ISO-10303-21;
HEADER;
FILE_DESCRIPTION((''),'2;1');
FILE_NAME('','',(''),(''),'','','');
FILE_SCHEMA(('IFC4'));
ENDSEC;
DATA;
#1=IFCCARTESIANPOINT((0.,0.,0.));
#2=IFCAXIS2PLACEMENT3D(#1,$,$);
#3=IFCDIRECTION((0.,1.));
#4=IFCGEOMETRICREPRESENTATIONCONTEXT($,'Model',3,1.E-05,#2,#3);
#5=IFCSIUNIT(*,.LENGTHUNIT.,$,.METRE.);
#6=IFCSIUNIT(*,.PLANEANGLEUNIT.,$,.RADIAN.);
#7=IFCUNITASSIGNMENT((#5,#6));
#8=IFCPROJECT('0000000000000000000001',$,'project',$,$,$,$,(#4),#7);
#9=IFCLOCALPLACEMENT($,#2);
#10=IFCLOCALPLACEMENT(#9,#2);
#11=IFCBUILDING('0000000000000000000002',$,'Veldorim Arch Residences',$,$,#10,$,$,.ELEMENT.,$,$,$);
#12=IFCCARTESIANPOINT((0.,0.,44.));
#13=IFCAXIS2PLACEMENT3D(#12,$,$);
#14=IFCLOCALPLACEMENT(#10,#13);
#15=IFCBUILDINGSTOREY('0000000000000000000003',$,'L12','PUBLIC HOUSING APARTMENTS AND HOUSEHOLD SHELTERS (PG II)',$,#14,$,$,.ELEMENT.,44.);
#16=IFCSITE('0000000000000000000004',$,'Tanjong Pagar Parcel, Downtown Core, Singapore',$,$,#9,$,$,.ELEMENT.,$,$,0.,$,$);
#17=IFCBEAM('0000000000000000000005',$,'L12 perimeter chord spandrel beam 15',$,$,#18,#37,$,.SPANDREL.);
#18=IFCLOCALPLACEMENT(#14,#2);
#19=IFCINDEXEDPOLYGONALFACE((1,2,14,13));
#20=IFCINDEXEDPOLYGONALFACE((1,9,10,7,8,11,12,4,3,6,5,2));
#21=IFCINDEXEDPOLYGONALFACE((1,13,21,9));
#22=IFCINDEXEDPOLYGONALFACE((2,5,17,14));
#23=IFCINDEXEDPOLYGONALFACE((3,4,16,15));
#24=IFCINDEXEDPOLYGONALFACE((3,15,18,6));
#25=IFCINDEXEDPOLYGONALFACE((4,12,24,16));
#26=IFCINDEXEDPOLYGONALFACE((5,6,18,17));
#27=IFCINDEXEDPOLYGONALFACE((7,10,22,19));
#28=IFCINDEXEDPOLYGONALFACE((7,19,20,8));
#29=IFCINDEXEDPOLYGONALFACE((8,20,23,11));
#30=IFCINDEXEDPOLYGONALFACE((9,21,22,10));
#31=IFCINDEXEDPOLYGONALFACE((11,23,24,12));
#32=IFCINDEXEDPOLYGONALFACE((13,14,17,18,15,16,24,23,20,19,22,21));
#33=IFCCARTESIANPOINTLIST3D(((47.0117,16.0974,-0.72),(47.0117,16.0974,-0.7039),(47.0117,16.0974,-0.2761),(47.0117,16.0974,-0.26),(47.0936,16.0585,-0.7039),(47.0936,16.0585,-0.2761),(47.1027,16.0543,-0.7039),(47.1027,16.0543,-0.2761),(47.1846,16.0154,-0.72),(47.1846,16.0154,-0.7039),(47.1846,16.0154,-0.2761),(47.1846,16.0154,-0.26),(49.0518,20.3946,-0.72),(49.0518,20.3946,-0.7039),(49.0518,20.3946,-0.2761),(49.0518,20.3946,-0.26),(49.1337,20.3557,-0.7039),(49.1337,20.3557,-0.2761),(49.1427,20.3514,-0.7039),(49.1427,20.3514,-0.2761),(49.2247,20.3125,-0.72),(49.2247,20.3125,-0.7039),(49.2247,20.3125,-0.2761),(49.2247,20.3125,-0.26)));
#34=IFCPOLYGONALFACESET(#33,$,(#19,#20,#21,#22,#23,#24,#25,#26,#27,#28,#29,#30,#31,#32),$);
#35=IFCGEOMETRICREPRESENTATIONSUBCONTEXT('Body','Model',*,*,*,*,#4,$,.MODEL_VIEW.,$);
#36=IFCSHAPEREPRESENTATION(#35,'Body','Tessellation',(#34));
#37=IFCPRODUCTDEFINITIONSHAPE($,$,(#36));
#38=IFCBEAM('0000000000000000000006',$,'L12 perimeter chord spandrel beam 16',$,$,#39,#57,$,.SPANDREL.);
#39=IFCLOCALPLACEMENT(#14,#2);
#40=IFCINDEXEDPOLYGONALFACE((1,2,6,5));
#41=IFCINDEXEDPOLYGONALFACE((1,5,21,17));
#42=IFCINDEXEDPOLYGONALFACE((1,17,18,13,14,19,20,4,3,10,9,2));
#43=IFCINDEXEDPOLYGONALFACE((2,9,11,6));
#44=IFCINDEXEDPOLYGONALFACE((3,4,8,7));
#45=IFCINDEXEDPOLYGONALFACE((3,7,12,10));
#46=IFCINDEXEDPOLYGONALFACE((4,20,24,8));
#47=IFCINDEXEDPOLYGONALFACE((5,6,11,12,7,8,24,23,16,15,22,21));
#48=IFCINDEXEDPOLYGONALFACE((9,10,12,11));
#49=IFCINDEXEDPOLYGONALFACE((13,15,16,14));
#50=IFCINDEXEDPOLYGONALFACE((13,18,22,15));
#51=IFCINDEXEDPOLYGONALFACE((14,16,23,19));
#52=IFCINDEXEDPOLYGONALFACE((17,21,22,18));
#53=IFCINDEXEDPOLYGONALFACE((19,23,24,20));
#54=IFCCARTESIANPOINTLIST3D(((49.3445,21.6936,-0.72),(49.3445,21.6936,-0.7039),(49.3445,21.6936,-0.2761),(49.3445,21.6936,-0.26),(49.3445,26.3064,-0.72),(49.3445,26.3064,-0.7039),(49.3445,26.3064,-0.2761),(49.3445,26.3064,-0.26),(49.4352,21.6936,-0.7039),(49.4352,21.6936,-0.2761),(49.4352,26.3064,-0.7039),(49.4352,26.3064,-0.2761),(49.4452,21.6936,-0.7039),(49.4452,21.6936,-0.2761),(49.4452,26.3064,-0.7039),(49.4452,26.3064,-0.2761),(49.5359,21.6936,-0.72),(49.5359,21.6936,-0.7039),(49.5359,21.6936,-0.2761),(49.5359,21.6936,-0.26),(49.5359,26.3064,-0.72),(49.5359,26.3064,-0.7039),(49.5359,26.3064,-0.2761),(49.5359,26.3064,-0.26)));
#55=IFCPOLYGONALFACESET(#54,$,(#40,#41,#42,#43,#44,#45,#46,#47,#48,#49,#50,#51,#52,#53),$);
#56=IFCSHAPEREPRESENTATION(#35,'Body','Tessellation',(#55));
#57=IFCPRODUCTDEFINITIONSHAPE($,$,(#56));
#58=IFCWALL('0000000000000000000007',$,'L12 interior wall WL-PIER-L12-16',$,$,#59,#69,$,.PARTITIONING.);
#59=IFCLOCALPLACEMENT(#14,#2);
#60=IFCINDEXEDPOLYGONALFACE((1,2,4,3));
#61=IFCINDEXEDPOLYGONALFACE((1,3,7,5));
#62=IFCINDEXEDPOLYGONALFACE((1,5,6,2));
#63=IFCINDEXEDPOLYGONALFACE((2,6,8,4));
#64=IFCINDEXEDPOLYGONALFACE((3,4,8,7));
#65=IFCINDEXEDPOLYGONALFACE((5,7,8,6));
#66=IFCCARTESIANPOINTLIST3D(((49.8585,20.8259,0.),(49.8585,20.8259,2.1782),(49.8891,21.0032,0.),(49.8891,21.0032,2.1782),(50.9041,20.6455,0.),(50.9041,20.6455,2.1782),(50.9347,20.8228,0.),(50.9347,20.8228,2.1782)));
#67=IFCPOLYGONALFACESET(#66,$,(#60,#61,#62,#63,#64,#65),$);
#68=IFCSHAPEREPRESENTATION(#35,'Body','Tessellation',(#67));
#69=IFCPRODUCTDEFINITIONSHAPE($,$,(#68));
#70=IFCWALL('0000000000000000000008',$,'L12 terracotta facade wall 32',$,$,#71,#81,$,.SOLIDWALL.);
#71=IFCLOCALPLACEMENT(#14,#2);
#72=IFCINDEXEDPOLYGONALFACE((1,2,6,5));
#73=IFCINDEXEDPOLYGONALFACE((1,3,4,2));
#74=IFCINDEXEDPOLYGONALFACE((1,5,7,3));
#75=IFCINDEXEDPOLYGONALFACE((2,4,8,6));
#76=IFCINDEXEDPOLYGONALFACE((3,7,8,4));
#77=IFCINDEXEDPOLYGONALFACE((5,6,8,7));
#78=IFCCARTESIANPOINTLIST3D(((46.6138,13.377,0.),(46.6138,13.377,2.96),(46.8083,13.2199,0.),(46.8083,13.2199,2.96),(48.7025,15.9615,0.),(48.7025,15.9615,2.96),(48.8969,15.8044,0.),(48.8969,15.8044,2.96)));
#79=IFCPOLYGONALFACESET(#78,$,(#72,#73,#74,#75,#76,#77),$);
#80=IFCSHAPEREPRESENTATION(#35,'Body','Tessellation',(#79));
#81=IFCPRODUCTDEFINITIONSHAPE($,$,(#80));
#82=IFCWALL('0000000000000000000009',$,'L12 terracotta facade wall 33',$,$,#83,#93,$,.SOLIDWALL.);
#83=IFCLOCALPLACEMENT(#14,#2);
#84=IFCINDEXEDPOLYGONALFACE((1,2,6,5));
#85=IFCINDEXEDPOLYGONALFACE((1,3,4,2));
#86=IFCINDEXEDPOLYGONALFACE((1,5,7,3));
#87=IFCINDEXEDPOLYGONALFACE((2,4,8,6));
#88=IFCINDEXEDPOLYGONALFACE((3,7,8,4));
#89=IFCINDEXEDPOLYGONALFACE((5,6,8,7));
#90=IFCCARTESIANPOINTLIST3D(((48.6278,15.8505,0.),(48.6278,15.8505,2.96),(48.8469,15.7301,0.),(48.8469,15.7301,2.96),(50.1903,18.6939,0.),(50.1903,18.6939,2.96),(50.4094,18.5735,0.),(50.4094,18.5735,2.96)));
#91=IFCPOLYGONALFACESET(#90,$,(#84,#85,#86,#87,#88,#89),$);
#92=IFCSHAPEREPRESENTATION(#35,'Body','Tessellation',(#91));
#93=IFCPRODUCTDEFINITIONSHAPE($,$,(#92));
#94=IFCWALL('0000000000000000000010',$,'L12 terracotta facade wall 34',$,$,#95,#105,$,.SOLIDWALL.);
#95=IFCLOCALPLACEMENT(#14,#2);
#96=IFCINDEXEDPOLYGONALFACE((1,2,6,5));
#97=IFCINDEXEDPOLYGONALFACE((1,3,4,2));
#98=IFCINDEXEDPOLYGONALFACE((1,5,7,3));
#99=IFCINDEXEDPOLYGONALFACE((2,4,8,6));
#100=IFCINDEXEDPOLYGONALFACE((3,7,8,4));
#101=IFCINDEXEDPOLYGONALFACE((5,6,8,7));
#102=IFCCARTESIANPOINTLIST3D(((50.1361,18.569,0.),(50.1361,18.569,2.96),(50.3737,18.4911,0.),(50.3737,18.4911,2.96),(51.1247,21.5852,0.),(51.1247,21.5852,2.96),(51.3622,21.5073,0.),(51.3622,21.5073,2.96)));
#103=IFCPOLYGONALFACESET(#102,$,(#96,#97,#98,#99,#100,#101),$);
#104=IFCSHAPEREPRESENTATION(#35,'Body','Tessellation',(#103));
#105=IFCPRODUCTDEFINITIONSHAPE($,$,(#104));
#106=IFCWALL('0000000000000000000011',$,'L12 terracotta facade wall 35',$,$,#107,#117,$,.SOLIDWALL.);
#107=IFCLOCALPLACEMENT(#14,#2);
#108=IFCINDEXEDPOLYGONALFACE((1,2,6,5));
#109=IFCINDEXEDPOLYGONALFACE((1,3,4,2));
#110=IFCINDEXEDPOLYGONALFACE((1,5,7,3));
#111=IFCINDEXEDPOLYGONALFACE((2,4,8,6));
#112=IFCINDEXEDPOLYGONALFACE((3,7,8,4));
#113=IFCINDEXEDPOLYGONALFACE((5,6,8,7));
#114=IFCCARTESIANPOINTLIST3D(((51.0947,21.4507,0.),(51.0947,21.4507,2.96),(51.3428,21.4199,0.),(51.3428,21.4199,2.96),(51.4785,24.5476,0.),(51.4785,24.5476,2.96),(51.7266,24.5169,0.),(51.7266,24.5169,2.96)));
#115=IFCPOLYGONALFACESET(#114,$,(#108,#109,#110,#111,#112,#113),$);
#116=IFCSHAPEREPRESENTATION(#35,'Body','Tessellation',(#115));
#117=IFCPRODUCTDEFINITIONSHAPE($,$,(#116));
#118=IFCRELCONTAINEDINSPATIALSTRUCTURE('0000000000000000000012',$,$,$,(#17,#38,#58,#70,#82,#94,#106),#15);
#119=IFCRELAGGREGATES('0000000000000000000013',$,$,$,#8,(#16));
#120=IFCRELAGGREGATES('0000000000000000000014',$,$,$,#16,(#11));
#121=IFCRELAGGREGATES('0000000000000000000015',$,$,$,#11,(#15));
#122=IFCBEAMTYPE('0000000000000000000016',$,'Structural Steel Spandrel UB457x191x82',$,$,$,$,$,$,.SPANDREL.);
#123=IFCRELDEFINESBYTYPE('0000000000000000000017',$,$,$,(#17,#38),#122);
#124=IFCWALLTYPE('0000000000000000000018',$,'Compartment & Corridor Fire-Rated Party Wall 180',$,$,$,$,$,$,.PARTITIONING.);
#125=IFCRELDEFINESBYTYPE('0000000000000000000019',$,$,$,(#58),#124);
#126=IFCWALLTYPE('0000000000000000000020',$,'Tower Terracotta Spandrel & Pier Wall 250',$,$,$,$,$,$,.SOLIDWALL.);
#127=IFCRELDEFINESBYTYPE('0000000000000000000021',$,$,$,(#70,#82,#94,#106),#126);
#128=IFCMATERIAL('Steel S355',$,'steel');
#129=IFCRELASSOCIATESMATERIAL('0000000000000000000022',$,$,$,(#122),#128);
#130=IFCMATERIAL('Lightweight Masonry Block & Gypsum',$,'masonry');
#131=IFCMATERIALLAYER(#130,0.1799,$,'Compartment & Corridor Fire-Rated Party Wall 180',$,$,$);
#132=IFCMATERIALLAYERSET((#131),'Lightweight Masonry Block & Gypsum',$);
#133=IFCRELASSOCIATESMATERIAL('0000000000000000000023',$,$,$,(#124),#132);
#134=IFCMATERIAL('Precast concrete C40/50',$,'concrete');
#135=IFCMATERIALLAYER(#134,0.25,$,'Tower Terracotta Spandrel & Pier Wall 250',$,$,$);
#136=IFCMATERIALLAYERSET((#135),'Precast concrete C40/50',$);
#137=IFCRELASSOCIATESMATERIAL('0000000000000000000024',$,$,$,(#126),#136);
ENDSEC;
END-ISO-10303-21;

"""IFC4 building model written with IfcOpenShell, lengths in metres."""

from ifc_helpers import new_model, si_unit, direction, frame, frame_2d, origin, origin_2d, place, context, subcontext, project, spatial, rectangle, i_section, extrude, material, layer, layer_set, material_profile, profile_set, type_object, element, save


model = new_model("IFC4")

# Units and contexts
model_context = context("Model", 3, precision=1e-05, world=origin(), true_north=direction((0.0, 1.0)))
body_context = subcontext(model_context, "Body", "Model", "MODEL_VIEW")
ifc_project = project(units=[si_unit("LENGTHUNIT", "METRE"), si_unit("PLANEANGLEUNIT", "RADIAN")], contexts=[model_context])

# Site, building, storey
site_placement = place(None, origin())
site = spatial("IfcSite", under=ifc_project, at=site_placement, Name="Tanjong Pagar Parcel, Downtown Core, Singapore", CompositionType="ELEMENT", RefElevation=0.0)
building_placement = place(site_placement, origin())
building = spatial("IfcBuilding", under=site, at=building_placement, Name="Veldorim Arch Residences", CompositionType="ELEMENT")
storey_placement = place(building_placement, frame((0.0, 0.0, 44.0)))
storey = spatial("IfcBuildingStorey", under=building, at=storey_placement, Name="L12", Description="PUBLIC HOUSING APARTMENTS AND HOUSEHOLD SHELTERS (PG II)", CompositionType="ELEMENT", Elevation=44.0)

# Beams
ifc_material_1 = material(Name="Steel S355", Category="steel")
ifc_material_profile_1 = material_profile(ifc_material_1, i_section(OverallWidth=0.1914, OverallDepth=0.46, WebThickness=0.01, FlangeThickness=0.0161, at=origin_2d()), Name="UB457x191x82")
ifc_profile_set_1 = profile_set([ifc_material_profile_1], Name="Steel S355")
beam_type_1 = type_object("IfcBeamType", Name="Structural Steel Spandrel UB457x191x82", PredefinedType="SPANDREL", material=ifc_profile_set_1)
beam_1_placement = place(storey_placement, frame((47.0981, 16.0564, -0.49), z_axis=(0.428869, 0.903366, 0.0), x_axis=(-0.903366, 0.428869, 0.0)))
element("IfcBeam", 1, at=beam_1_placement, inside=storey, type_object=beam_type_1, Name="L12 perimeter chord spandrel beam 15", PredefinedType="SPANDREL", context=body_context, shape_type="SweptSolid", body=[
    extrude(i_section(OverallWidth=0.1914, OverallDepth=0.46, WebThickness=0.01, FlangeThickness=0.0161, at=origin_2d()), origin(), (0.0, 0.0, 1.0), 4.7568),
])
beam_2_placement = place(storey_placement, frame((49.4402, 21.6936, -0.49), z_axis=(0.0, 1.0, 0.0), x_axis=(-1.0, 0.0, 0.0)))
element("IfcBeam", 2, at=beam_2_placement, inside=storey, type_object=beam_type_1, Name="L12 perimeter chord spandrel beam 16", PredefinedType="SPANDREL", context=body_context, shape_type="SweptSolid", body=[
    extrude(i_section(OverallWidth=0.1914, OverallDepth=0.46, WebThickness=0.01, FlangeThickness=0.0161, at=origin_2d()), origin(), (0.0, 0.0, 1.0), 4.6128),
])

# Wall
ifc_material_2 = material(Name="Lightweight Masonry Block & Gypsum", Category="masonry")
ifc_layer_1 = layer(ifc_material_2, 0.1799, Name="Compartment & Corridor Fire-Rated Party Wall 180")
ifc_layer_set_1 = layer_set([ifc_layer_1], Name="Lightweight Masonry Block & Gypsum")
wall_type_1 = type_object("IfcWallType", Name="Compartment & Corridor Fire-Rated Party Wall 180", PredefinedType="PARTITIONING", material=ifc_layer_set_1)
wall_1_placement = place(storey_placement, frame((49.8738, 20.9146, 0.0), z_axis=(0.0, 0.0, 1.0), x_axis=(0.985439, -0.17003, 0.0)))
element("IfcWall", 3, at=wall_1_placement, inside=storey, type_object=wall_type_1, Name="L12 interior wall WL-PIER-L12-16", PredefinedType="PARTITIONING", context=body_context, shape_type="SweptSolid", body=[
    extrude(rectangle(XDim=1.061, YDim=0.1799, at=frame_2d((0.5305, 0.0))), origin(), (0.0, 0.0, 1.0), 2.1782),
])

# Walls
ifc_material_3 = material(Name="Precast concrete C40/50", Category="concrete")
ifc_layer_2 = layer(ifc_material_3, 0.25, Name="Tower Terracotta Spandrel & Pier Wall 250")
ifc_layer_set_2 = layer_set([ifc_layer_2], Name="Precast concrete C40/50")
wall_type_2 = type_object("IfcWallType", Name="Tower Terracotta Spandrel & Pier Wall 250", PredefinedType="SOLIDWALL", material=ifc_layer_set_2)
wall_2_placement = place(storey_placement, frame((48.7998, 15.8831, 0.0), z_axis=(0.0, 0.0, 1.0), x_axis=(-0.628549, -0.77777, 0.0)))
element("IfcWall", 4, at=wall_2_placement, inside=storey, type_object=wall_type_2, Name="L12 terracotta facade wall 32", PredefinedType="SOLIDWALL", context=body_context, shape_type="SweptSolid", body=[
    extrude(rectangle(XDim=3.323, YDim=0.25, at=frame_2d((1.6616, 0.0))), origin(), (0.0, 0.0, 1.0), 2.96),
])
wall_3_placement = place(storey_placement, frame((50.2998, 18.6335, 0.0), z_axis=(0.0, 0.0, 1.0), x_axis=(-0.481613, -0.876384, 0.0)))
element("IfcWall", 5, at=wall_3_placement, inside=storey, type_object=wall_type_2, Name="L12 terracotta facade wall 33", PredefinedType="SOLIDWALL", context=body_context, shape_type="SweptSolid", body=[
    extrude(rectangle(XDim=3.2444, YDim=0.25, at=frame_2d((1.6221, 0.0))), origin(), (0.0, 0.0, 1.0), 2.96),
])
wall_4_placement = place(storey_placement, frame((51.2434, 21.5461, 0.0), z_axis=(0.0, 0.0, 1.0), x_axis=(-0.311447, -0.950264, 0.0)))
element("IfcWall", 6, at=wall_4_placement, inside=storey, type_object=wall_type_2, Name="L12 terracotta facade wall 34", PredefinedType="SOLIDWALL", context=body_context, shape_type="SweptSolid", body=[
    extrude(rectangle(XDim=3.1741, YDim=0.25, at=frame_2d((1.5869, 0.0))), origin(), (0.0, 0.0, 1.0), 2.96),
])
wall_5_placement = place(storey_placement, frame((51.6025, 24.5322, 0.0), z_axis=(0.0, 0.0, 1.0), x_axis=(-0.122985, -0.992409, 0.0)))
element("IfcWall", 7, at=wall_5_placement, inside=storey, type_object=wall_type_2, Name="L12 terracotta facade wall 35", PredefinedType="SOLIDWALL", context=body_context, shape_type="SweptSolid", body=[
    extrude(rectangle(XDim=3.1206, YDim=0.25, at=frame_2d((1.5603, 0.0))), origin(), (0.0, 0.0, 1.0), 2.96),
])

save(model, "model.ifc")
